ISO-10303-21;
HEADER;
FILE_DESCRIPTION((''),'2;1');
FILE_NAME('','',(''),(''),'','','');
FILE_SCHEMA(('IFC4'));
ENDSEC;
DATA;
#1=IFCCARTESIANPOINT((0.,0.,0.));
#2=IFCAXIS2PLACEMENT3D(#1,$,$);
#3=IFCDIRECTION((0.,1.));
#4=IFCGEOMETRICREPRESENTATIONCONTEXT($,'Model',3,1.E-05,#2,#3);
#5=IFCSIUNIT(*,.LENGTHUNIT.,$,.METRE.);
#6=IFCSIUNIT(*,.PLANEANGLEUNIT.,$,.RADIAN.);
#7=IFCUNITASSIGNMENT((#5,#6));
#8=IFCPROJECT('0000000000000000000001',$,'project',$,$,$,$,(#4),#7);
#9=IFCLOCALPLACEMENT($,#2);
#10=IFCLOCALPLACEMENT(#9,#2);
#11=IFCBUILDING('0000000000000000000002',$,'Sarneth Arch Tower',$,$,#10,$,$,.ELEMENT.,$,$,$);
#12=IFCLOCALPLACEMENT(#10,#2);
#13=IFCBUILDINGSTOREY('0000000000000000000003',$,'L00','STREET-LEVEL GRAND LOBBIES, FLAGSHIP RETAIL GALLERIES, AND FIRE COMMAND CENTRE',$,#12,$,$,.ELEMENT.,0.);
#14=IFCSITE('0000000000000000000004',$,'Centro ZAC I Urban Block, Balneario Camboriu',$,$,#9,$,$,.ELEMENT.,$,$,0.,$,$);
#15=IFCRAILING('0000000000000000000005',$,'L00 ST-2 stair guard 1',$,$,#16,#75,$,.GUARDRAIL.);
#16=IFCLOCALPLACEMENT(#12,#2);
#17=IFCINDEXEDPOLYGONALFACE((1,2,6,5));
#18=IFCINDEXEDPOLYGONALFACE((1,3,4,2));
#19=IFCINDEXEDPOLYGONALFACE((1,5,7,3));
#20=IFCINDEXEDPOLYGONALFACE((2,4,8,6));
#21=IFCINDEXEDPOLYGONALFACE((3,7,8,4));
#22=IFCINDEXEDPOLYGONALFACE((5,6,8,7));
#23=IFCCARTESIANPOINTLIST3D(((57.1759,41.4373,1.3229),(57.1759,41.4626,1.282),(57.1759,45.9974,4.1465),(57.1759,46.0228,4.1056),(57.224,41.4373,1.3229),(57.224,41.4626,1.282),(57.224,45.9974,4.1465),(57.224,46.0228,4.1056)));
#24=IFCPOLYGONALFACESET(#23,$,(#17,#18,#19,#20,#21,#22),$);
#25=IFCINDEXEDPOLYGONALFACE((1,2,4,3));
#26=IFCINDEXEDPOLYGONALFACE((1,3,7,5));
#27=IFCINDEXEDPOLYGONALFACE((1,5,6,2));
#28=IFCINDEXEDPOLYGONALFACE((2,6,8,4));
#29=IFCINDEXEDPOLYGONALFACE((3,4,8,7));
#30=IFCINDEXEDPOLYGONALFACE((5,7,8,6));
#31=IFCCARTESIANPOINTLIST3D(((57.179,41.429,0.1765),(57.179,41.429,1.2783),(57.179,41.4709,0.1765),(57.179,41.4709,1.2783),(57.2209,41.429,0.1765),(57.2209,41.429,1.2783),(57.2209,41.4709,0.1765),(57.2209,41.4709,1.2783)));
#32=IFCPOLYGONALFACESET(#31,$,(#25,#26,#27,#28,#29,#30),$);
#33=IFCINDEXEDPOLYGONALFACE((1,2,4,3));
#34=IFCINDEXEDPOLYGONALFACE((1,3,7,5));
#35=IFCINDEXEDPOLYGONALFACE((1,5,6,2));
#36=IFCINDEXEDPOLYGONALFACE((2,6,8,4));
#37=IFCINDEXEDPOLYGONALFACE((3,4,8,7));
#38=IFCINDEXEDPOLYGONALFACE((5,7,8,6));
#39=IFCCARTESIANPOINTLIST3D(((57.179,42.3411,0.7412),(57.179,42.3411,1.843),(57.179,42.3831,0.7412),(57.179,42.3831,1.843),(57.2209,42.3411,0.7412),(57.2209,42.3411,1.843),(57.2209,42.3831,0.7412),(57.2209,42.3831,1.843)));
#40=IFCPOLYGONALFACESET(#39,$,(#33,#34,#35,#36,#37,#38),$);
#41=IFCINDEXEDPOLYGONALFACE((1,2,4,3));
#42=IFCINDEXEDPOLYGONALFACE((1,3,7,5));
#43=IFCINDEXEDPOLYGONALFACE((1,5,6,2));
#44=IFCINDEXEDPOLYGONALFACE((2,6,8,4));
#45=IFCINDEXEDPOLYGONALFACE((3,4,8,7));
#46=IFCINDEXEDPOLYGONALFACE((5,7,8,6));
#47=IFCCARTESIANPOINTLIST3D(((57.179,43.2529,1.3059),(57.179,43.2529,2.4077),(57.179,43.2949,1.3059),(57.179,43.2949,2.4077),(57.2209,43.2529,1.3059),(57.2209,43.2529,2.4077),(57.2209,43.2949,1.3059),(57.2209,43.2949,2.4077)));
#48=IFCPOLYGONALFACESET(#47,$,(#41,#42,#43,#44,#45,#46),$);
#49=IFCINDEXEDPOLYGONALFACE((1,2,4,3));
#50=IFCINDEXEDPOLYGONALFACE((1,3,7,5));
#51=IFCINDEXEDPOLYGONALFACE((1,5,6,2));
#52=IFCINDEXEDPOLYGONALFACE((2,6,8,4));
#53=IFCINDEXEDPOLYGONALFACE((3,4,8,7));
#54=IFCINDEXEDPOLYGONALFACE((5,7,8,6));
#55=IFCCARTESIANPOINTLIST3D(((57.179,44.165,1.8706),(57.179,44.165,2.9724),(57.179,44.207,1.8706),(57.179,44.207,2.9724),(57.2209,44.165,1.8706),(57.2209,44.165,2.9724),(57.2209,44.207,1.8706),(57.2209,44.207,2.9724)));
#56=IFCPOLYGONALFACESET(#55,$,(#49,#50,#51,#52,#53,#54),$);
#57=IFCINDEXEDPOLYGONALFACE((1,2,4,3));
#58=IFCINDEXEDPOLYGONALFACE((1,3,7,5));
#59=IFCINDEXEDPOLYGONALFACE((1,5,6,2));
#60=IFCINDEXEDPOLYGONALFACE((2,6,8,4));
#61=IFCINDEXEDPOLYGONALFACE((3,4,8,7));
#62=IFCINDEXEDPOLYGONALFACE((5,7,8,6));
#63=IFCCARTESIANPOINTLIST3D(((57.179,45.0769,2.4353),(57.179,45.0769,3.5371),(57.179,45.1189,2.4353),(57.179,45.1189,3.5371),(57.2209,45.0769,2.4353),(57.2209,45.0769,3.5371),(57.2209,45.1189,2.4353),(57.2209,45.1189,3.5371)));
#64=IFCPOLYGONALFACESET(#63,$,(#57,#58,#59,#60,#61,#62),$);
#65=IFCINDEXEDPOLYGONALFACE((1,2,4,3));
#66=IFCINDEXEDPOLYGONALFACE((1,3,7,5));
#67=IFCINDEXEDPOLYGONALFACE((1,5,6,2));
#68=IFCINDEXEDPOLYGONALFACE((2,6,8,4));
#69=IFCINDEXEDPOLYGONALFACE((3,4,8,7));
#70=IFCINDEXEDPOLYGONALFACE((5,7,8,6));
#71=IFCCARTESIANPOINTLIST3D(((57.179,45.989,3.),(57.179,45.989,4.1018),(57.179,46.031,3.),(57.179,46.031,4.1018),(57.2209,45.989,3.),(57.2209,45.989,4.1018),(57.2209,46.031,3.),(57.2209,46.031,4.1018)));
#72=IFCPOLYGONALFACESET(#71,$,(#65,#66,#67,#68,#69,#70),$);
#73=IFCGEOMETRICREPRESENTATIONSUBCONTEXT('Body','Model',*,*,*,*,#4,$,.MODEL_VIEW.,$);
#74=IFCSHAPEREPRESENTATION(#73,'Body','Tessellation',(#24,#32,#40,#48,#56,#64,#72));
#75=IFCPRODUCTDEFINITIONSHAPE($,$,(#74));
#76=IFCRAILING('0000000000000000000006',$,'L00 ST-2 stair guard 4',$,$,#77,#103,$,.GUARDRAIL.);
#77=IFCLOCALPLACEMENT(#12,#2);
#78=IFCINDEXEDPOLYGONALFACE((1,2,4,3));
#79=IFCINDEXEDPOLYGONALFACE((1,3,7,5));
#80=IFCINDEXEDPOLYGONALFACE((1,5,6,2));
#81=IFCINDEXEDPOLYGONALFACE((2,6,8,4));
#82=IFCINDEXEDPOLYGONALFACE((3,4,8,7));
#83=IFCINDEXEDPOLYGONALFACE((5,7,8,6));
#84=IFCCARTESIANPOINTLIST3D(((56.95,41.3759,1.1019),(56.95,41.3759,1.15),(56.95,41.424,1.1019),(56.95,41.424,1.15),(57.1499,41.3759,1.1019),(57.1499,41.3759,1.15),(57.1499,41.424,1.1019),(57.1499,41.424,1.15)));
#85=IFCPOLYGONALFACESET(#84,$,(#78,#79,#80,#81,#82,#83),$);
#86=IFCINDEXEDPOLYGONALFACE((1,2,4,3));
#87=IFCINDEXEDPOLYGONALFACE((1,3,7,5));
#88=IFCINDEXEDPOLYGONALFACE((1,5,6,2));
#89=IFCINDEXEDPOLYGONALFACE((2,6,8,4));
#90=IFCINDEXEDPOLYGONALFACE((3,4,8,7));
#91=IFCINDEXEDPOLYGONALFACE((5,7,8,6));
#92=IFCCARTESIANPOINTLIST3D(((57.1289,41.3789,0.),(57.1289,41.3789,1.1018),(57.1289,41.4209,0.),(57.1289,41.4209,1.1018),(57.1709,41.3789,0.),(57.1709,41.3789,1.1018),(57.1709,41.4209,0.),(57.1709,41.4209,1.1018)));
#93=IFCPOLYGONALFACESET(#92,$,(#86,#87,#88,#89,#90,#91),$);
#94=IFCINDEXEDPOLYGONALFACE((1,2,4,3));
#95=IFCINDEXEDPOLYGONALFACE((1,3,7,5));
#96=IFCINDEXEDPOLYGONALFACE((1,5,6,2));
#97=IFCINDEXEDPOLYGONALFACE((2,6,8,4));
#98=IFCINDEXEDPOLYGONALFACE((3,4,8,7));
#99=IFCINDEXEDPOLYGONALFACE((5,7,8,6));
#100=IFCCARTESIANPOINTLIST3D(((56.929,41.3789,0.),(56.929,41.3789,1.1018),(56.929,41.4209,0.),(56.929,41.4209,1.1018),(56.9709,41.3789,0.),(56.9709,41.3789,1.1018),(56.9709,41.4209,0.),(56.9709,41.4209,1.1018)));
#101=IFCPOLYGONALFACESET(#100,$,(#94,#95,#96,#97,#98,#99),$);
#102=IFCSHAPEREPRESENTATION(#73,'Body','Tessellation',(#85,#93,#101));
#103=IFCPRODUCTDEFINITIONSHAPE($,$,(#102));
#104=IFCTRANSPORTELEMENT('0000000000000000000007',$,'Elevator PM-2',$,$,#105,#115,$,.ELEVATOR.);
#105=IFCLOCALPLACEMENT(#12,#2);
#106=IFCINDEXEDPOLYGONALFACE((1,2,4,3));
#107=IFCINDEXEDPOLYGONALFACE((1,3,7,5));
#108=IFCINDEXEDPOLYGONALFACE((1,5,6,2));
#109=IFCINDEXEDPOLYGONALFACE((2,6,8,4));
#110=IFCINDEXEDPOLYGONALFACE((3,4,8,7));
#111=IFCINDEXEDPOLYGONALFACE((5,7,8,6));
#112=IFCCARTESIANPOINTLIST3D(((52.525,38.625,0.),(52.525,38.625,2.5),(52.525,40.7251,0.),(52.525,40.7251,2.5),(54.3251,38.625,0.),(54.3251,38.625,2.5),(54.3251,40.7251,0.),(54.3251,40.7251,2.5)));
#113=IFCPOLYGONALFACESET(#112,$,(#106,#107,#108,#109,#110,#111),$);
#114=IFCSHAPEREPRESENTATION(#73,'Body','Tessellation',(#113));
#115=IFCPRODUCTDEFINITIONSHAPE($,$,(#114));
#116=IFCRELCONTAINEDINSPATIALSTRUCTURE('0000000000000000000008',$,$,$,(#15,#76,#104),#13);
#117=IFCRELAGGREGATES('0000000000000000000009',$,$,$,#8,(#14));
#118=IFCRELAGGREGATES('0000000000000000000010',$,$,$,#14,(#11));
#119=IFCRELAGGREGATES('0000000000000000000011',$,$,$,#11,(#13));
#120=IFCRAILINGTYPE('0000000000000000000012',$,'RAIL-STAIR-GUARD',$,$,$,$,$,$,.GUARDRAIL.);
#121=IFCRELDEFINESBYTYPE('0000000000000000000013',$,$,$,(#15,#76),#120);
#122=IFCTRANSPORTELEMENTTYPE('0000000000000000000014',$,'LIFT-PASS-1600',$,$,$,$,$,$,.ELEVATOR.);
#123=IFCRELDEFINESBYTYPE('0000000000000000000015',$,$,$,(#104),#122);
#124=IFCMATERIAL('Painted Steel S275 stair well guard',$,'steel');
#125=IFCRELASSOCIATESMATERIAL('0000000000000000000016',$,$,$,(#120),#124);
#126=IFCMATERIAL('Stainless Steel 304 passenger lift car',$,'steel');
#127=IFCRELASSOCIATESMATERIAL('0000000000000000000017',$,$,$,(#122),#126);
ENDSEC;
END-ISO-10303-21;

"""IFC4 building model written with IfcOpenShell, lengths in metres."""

from ifc_helpers import new_model, si_unit, direction, frame, origin, origin_2d, place, context, subcontext, project, spatial, rectangle, extrude, material, type_object, element, save


model = new_model("IFC4")

# Units and contexts
model_context = context("Model", 3, precision=1e-05, world=origin(), true_north=direction((0.0, 1.0)))
body_context = subcontext(model_context, "Body", "Model", "MODEL_VIEW")
ifc_project = project(units=[si_unit("LENGTHUNIT", "METRE"), si_unit("PLANEANGLEUNIT", "RADIAN")], contexts=[model_context])

# Site, building, storey
site_placement = place(None, origin())
site = spatial("IfcSite", under=ifc_project, at=site_placement, Name="Centro ZAC I Urban Block, Balneario Camboriu", CompositionType="ELEMENT", RefElevation=0.0)
building_placement = place(site_placement, origin())
building = spatial("IfcBuilding", under=site, at=building_placement, Name="Sarneth Arch Tower", CompositionType="ELEMENT")
storey_placement = place(building_placement, origin())
storey = spatial("IfcBuildingStorey", under=building, at=storey_placement, Name="L00", Description="STREET-LEVEL GRAND LOBBIES, FLAGSHIP RETAIL GALLERIES, AND FIRE COMMAND CENTRE", CompositionType="ELEMENT", Elevation=0.0)

# Railings
ifc_material_1 = material(Name="Painted Steel S275 stair well guard", Category="steel")
railing_type = type_object("IfcRailingType", Name="RAIL-STAIR-GUARD", PredefinedType="GUARDRAIL", material=ifc_material_1)
railing_1_placement = place(storey_placement, frame((57.2, 41.45, 0.1765)))
element("IfcRailing", 1, at=railing_1_placement, inside=storey, type_object=railing_type, Name="L00 ST-2 stair guard 1", PredefinedType="GUARDRAIL", context=body_context, shape_type="SweptSolid", body=[
    extrude(rectangle(XDim=0.0481, YDim=0.0481, at=origin_2d()), frame((0.0, 0.0, 1.126), z_axis=(0.0, 0.850216, 0.526435), x_axis=(-1.0, 0.0, 0.0)), (0.0, 0.0, 1.0), 5.3635),
    extrude(rectangle(XDim=0.042, YDim=0.042, at=origin_2d()), origin(), (0.0, 0.0, 1.0), 1.1018),
    extrude(rectangle(XDim=0.042, YDim=0.042, at=origin_2d()), frame((0.0, 0.9121, 0.5647)), (0.0, 0.0, 1.0), 1.1018),
    extrude(rectangle(XDim=0.042, YDim=0.042, at=origin_2d()), frame((0.0, 1.824, 1.1294)), (0.0, 0.0, 1.0), 1.1018),
    extrude(rectangle(XDim=0.042, YDim=0.042, at=origin_2d()), frame((0.0, 2.7361, 1.6941)), (0.0, 0.0, 1.0), 1.1018),
    extrude(rectangle(XDim=0.042, YDim=0.042, at=origin_2d()), frame((0.0, 3.6479, 2.2588)), (0.0, 0.0, 1.0), 1.1018),
    extrude(rectangle(XDim=0.042, YDim=0.042, at=origin_2d()), frame((0.0, 4.5601, 2.8235)), (0.0, 0.0, 1.0), 1.1018),
])
railing_2_placement = place(storey_placement, frame((57.1499, 41.3999, 0.0)))
element("IfcRailing", 2, at=railing_2_placement, inside=storey, type_object=railing_type, Name="L00 ST-2 stair guard 4", PredefinedType="GUARDRAIL", context=body_context, shape_type="SweptSolid", body=[
    extrude(rectangle(XDim=0.0481, YDim=0.0481, at=origin_2d()), frame((0.0, 0.0, 1.126), z_axis=(-1.0, 0.0, 0.0), x_axis=(0.0, -1.0, 0.0)), (0.0, 0.0, 1.0), 0.2),
    extrude(rectangle(XDim=0.042, YDim=0.042, at=origin_2d()), origin(), (0.0, 0.0, 1.0), 1.1018),
    extrude(rectangle(XDim=0.042, YDim=0.042, at=origin_2d()), frame((-0.2, 0.0, 0.0)), (0.0, 0.0, 1.0), 1.1018),
])

# Transport element
ifc_material_2 = material(Name="Stainless Steel 304 passenger lift car", Category="steel")
transport_element_type = type_object("IfcTransportElementType", Name="LIFT-PASS-1600", PredefinedType="ELEVATOR", material=ifc_material_2)
transport_element_placement = place(storey_placement, frame((53.425, 39.675, 0.0), z_axis=(0.0, 0.0, 1.0), x_axis=(1.0, 0.0, 0.0)))
element("IfcTransportElement", 3, at=transport_element_placement, inside=storey, type_object=transport_element_type, Name="Elevator PM-2", PredefinedType="ELEVATOR", context=body_context, shape_type="SweptSolid", body=[
    extrude(rectangle(XDim=1.8, YDim=2.1001, at=origin_2d()), origin(), (0.0, 0.0, 1.0), 2.5),
])

save(model, "model.ifc")
